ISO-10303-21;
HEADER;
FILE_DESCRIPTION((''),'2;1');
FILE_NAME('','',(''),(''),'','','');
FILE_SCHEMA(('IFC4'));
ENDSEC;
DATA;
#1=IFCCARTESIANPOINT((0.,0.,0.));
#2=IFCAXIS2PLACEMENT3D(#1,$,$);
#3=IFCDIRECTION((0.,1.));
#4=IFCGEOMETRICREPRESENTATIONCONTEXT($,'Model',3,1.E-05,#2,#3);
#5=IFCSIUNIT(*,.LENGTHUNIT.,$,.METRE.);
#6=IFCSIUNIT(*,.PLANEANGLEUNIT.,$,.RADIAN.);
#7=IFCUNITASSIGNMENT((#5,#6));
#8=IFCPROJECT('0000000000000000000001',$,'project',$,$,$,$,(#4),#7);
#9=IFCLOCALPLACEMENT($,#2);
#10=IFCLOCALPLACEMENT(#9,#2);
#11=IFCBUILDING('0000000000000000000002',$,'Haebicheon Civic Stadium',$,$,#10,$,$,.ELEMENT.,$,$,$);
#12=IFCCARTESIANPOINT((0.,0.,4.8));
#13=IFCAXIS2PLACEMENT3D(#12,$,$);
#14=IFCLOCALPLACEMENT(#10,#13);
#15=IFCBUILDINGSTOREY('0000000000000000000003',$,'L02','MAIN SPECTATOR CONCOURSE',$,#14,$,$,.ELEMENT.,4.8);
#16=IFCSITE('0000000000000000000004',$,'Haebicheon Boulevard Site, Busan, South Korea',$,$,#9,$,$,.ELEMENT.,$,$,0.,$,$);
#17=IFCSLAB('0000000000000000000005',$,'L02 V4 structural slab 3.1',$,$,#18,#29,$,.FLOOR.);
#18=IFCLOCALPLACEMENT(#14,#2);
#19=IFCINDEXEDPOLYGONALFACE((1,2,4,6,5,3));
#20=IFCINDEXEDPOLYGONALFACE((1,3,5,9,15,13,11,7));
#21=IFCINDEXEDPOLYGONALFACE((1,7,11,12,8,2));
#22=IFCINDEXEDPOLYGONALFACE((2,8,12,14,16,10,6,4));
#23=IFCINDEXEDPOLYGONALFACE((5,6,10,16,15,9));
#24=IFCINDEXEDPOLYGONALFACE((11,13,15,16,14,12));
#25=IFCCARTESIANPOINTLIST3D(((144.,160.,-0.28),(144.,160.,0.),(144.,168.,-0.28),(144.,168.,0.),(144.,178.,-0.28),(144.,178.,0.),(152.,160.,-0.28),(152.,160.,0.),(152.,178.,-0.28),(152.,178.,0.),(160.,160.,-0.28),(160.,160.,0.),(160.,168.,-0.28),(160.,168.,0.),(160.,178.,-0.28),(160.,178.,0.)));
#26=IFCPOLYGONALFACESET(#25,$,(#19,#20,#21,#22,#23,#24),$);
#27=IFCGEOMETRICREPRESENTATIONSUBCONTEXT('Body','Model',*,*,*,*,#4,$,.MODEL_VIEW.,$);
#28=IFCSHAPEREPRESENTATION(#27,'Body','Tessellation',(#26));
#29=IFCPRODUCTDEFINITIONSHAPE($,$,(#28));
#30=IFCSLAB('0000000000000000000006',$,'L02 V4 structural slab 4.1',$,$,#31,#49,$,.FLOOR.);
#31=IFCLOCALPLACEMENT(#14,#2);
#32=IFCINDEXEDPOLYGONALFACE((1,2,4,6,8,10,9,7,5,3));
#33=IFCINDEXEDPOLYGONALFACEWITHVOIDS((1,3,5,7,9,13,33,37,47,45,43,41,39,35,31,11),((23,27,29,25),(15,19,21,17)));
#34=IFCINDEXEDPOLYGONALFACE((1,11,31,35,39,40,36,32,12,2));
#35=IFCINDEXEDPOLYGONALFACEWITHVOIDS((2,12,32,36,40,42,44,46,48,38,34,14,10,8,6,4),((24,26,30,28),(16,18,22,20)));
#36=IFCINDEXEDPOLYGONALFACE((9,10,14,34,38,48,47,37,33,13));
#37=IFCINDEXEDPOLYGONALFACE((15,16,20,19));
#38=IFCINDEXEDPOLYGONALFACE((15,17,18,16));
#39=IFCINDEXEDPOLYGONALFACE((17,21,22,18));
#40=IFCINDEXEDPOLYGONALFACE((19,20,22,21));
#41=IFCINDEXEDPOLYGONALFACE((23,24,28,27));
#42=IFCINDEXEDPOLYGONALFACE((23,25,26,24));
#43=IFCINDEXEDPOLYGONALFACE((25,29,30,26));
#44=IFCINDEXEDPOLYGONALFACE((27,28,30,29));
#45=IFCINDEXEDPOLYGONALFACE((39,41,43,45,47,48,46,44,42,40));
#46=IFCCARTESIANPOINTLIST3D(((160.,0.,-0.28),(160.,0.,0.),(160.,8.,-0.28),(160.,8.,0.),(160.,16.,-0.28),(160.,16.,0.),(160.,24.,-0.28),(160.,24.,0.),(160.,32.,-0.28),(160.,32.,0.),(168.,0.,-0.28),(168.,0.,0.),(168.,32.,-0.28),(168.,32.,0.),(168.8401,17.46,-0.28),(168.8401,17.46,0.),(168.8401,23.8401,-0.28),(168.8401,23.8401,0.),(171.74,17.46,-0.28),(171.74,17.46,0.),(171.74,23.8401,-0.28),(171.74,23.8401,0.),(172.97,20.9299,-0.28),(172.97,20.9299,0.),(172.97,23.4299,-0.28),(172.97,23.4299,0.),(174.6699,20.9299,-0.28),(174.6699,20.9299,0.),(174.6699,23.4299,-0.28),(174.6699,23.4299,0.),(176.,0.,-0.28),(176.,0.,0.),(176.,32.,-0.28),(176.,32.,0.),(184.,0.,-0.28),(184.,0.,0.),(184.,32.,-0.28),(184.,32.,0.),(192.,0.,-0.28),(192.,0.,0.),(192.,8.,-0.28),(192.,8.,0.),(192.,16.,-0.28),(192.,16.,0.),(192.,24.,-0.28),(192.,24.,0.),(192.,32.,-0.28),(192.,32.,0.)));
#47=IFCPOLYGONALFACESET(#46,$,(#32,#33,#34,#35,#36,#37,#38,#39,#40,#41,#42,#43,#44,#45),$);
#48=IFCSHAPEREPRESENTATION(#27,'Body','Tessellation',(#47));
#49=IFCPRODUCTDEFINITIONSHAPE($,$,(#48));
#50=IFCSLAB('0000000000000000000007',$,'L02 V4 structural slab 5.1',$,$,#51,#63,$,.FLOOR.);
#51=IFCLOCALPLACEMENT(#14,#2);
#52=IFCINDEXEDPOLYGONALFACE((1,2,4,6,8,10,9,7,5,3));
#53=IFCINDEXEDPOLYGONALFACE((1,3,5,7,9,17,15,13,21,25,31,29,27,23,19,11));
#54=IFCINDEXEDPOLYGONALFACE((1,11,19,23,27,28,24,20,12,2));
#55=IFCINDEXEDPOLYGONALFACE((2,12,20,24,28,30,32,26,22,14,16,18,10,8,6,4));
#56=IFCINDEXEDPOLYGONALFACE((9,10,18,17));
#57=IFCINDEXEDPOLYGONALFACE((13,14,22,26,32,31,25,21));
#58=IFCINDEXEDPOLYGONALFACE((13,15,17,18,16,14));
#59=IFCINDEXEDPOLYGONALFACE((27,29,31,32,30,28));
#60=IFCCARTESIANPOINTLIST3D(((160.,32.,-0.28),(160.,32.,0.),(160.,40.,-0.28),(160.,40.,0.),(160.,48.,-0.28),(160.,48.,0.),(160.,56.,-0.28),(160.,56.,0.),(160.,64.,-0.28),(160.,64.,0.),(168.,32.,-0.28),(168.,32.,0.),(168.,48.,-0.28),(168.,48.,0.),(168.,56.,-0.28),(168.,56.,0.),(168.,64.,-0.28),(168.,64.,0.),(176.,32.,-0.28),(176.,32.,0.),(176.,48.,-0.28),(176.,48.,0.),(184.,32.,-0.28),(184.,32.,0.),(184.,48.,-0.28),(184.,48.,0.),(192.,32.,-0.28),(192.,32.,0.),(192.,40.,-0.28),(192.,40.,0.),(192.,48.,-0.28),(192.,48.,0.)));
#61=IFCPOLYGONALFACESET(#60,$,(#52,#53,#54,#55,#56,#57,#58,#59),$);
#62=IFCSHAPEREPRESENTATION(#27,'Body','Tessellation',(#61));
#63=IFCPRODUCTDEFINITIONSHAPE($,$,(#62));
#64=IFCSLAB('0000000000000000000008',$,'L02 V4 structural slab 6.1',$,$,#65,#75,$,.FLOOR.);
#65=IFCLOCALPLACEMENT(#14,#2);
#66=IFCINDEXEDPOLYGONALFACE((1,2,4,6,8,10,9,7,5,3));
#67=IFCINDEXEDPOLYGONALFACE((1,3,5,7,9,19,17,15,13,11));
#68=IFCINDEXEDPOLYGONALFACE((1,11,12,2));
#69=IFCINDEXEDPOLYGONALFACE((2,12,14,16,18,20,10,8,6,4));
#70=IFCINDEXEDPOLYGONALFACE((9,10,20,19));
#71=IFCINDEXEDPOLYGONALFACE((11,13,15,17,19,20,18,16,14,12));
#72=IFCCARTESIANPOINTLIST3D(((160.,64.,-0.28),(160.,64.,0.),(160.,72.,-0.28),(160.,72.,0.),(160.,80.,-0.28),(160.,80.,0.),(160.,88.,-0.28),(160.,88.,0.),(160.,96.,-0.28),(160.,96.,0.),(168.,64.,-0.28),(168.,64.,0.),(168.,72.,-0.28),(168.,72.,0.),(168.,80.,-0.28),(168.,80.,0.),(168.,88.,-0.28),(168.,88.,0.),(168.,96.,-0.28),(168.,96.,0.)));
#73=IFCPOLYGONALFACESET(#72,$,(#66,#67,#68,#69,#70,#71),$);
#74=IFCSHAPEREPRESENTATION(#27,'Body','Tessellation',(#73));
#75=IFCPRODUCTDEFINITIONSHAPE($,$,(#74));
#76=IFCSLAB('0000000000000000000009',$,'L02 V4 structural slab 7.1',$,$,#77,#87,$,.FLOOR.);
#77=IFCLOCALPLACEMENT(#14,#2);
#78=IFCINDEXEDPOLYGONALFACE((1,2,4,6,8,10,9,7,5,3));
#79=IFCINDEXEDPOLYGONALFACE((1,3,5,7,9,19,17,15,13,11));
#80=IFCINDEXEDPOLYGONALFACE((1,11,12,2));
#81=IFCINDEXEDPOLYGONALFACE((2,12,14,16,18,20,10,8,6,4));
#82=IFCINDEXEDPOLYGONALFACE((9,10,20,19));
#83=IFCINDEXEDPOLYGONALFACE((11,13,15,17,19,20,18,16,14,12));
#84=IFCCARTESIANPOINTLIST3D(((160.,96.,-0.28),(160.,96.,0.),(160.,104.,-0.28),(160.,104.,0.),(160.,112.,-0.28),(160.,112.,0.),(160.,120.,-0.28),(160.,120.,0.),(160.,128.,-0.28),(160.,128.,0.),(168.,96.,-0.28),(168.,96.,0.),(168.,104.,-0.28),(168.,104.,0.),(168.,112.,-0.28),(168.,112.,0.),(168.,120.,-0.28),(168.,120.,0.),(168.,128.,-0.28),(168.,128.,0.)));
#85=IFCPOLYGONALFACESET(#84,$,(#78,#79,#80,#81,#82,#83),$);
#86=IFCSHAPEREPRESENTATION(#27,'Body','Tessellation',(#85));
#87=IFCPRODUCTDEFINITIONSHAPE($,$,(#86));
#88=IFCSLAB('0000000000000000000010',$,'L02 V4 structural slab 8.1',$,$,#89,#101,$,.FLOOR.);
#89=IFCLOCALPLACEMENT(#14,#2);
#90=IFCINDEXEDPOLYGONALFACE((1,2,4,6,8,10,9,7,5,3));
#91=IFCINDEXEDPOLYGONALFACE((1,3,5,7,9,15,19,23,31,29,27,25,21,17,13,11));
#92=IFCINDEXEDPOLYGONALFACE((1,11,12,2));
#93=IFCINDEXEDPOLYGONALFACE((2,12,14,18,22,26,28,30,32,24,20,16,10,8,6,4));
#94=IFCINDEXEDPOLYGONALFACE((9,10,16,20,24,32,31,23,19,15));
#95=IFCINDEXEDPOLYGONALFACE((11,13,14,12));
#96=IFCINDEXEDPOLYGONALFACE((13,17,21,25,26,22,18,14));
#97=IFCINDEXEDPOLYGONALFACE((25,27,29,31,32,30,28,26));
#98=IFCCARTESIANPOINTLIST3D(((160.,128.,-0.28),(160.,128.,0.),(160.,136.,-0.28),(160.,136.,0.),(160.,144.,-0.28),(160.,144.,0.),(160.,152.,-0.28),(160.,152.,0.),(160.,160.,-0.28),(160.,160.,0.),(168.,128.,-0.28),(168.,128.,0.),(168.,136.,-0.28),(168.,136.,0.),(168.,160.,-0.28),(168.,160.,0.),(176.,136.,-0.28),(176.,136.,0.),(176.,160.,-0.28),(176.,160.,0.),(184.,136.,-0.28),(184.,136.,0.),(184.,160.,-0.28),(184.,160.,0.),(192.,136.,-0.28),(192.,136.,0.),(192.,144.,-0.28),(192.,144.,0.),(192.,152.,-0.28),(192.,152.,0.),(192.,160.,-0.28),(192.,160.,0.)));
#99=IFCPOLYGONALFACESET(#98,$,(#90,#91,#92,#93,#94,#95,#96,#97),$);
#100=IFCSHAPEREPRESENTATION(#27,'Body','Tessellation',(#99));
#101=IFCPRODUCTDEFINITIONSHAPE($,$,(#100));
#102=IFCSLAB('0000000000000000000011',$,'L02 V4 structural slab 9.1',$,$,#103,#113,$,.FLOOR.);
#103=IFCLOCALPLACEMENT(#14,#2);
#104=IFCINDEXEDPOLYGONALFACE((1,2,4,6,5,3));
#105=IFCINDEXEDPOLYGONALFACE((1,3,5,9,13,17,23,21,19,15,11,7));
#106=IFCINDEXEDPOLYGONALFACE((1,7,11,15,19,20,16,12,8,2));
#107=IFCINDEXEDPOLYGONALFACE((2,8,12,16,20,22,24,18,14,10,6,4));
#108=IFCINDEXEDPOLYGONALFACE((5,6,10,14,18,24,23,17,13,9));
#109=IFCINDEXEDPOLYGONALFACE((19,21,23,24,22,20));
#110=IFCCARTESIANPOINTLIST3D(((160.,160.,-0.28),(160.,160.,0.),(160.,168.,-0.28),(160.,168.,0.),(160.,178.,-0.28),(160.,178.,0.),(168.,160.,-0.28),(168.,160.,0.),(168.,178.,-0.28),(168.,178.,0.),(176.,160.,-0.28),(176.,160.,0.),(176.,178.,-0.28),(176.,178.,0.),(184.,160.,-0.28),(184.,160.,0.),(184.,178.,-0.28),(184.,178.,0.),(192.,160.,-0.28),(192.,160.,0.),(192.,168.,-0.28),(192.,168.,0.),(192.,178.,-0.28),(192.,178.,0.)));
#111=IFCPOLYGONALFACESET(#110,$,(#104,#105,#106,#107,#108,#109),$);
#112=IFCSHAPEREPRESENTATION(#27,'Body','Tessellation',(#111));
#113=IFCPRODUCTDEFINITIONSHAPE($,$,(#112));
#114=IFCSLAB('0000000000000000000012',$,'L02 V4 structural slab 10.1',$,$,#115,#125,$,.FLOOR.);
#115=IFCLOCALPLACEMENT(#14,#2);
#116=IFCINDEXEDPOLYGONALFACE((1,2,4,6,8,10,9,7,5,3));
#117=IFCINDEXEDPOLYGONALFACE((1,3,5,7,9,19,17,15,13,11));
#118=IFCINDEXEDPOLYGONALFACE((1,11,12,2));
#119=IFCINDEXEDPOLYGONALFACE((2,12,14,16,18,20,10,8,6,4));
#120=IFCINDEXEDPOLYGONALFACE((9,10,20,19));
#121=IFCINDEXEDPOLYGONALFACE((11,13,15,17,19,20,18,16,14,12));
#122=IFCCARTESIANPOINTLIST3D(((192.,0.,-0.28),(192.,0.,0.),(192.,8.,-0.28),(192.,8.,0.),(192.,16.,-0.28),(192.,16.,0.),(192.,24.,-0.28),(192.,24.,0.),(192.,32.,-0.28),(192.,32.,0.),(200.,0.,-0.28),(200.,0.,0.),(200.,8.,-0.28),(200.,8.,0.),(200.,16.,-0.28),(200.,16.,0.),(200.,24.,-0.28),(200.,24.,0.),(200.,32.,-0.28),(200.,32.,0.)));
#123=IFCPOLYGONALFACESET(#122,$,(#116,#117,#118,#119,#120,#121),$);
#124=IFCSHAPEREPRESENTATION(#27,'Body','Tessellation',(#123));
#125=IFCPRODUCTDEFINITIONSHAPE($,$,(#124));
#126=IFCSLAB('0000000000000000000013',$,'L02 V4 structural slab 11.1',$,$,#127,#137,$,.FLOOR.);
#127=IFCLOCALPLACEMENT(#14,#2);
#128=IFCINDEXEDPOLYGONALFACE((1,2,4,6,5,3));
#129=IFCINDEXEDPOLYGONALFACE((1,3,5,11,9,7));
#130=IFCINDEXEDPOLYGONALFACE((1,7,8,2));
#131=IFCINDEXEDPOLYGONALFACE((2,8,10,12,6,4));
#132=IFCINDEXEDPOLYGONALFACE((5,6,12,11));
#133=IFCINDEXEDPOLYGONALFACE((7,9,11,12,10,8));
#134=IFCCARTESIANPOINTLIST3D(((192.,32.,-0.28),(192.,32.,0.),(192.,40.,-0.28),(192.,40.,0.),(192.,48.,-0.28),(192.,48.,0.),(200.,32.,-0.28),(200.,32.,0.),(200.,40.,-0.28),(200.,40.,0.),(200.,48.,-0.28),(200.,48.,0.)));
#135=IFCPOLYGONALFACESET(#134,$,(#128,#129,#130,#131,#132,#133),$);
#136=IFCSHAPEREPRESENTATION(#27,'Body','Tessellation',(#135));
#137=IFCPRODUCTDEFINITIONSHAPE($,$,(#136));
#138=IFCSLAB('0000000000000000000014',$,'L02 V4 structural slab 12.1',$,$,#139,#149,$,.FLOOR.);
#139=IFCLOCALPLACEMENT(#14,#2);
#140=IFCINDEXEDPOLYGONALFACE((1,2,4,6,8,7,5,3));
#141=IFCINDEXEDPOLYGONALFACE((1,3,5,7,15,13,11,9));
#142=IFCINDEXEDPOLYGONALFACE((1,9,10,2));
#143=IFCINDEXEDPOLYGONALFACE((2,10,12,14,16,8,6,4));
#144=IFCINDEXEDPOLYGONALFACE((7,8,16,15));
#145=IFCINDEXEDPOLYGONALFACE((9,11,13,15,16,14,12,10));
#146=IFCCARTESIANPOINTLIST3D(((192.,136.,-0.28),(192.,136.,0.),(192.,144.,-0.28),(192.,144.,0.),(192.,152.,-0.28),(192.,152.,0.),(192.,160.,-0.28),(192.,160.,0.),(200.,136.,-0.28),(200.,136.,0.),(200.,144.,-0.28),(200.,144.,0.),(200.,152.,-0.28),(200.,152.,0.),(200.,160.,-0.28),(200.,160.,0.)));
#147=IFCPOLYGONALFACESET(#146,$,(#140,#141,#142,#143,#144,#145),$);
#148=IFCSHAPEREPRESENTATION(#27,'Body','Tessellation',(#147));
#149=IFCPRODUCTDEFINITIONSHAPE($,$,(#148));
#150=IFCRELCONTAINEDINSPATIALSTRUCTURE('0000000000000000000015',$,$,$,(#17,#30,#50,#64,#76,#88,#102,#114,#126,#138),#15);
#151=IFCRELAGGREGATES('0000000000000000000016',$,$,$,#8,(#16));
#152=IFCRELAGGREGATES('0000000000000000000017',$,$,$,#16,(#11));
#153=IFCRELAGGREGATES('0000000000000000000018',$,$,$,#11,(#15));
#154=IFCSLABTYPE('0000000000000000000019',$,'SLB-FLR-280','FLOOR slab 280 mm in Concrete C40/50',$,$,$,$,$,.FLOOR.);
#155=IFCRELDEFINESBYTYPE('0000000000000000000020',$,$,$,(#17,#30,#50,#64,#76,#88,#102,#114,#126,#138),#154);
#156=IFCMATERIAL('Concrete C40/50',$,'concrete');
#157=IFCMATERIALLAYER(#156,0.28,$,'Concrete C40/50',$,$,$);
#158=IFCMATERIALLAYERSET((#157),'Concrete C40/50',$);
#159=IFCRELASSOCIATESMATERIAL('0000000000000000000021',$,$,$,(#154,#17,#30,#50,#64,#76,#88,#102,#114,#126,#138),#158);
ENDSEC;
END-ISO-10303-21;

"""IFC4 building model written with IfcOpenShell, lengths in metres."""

from ifc_helpers import new_model, si_unit, direction, frame, origin, place, context, subcontext, project, spatial, polyline, outline, extrude, material, layer, layer_set, type_object, element, save


model = new_model("IFC4")

# Units and contexts
model_context = context("Model", 3, precision=1e-05, world=origin(), true_north=direction((0.0, 1.0)))
body_context = subcontext(model_context, "Body", "Model", "MODEL_VIEW")
ifc_project = project(units=[si_unit("LENGTHUNIT", "METRE"), si_unit("PLANEANGLEUNIT", "RADIAN")], contexts=[model_context])

# Site, building, storey
site_placement = place(None, origin())
site = spatial("IfcSite", under=ifc_project, at=site_placement, Name="Haebicheon Boulevard Site, Busan, South Korea", CompositionType="ELEMENT", RefElevation=0.0)
building_placement = place(site_placement, origin())
building = spatial("IfcBuilding", under=site, at=building_placement, Name="Haebicheon Civic Stadium", CompositionType="ELEMENT")
storey_placement = place(building_placement, frame((0.0, 0.0, 4.8)))
storey = spatial("IfcBuildingStorey", under=building, at=storey_placement, Name="L02", Description="MAIN SPECTATOR CONCOURSE", CompositionType="ELEMENT", Elevation=4.8)

# Slabs
ifc_material = material(Name="Concrete C40/50", Category="concrete")
ifc_layer = layer(ifc_material, 0.28, Name="Concrete C40/50")
ifc_layer_set = layer_set([ifc_layer], Name="Concrete C40/50")
slab_type = type_object("IfcSlabType", Name="SLB-FLR-280", Description="FLOOR slab 280 mm in Concrete C40/50", PredefinedType="FLOOR", material=ifc_layer_set)
slab_1_placement = place(storey_placement, frame((0.0, 0.0, -0.28)))
element("IfcSlab", 1, at=slab_1_placement, inside=storey, type_object=slab_type, material=ifc_layer_set, Name="L02 V4 structural slab 3.1", PredefinedType="FLOOR", context=body_context, shape_type="SweptSolid", body=[
    extrude(outline(polyline([(144.0, 168.0), (144.0, 178.0), (152.0, 178.0), (160.0, 178.0), (160.0, 168.0), (160.0, 160.0), (152.0, 160.0), (144.0, 160.0), (144.0, 168.0)])), origin(), (0.0, 0.0, 1.0), 0.28),
])
slab_2_placement = place(storey_placement, frame((0.0, 0.0, -0.28)))
element("IfcSlab", 2, at=slab_2_placement, inside=storey, type_object=slab_type, material=ifc_layer_set, Name="L02 V4 structural slab 4.1", PredefinedType="FLOOR", context=body_context, shape_type="SweptSolid", body=[
    extrude(outline(polyline([(160.0, 24.0), (160.0, 32.0), (168.0, 32.0), (176.0, 32.0), (184.0, 32.0), (192.0, 32.0), (192.0, 24.0), (192.0, 16.0), (192.0, 8.0), (192.0, 0.0), (184.0, 0.0), (176.0, 0.0), (168.0, 0.0), (160.0, 0.0), (160.0, 8.0), (160.0, 16.0), (160.0, 24.0)]), holes=[polyline([(168.8401, 17.46), (171.74, 17.46), (171.74, 23.8401), (168.8401, 23.8401), (168.8401, 17.46)]), polyline([(172.97, 20.9299), (174.6699, 20.9299), (174.6699, 23.4299), (172.97, 23.4299), (172.97, 20.9299)])]), origin(), (0.0, 0.0, 1.0), 0.28),
])
slab_3_placement = place(storey_placement, frame((0.0, 0.0, -0.28)))
element("IfcSlab", 3, at=slab_3_placement, inside=storey, type_object=slab_type, material=ifc_layer_set, Name="L02 V4 structural slab 5.1", PredefinedType="FLOOR", context=body_context, shape_type="SweptSolid", body=[
    extrude(outline(polyline([(160.0, 48.0), (160.0, 56.0), (160.0, 64.0), (168.0, 64.0), (168.0, 56.0), (168.0, 48.0), (176.0, 48.0), (184.0, 48.0), (192.0, 48.0), (192.0, 40.0), (192.0, 32.0), (184.0, 32.0), (176.0, 32.0), (168.0, 32.0), (160.0, 32.0), (160.0, 40.0), (160.0, 48.0)])), origin(), (0.0, 0.0, 1.0), 0.28),
])
slab_4_placement = place(storey_placement, frame((0.0, 0.0, -0.28)))
element("IfcSlab", 4, at=slab_4_placement, inside=storey, type_object=slab_type, material=ifc_layer_set, Name="L02 V4 structural slab 6.1", PredefinedType="FLOOR", context=body_context, shape_type="SweptSolid", body=[
    extrude(outline(polyline([(160.0, 64.0), (160.0, 72.0), (160.0, 80.0), (160.0, 88.0), (160.0, 96.0), (168.0, 96.0), (168.0, 88.0), (168.0, 80.0), (168.0, 72.0), (168.0, 64.0), (160.0, 64.0)])), origin(), (0.0, 0.0, 1.0), 0.28),
])
slab_5_placement = place(storey_placement, frame((0.0, 0.0, -0.28)))
element("IfcSlab", 5, at=slab_5_placement, inside=storey, type_object=slab_type, material=ifc_layer_set, Name="L02 V4 structural slab 7.1", PredefinedType="FLOOR", context=body_context, shape_type="SweptSolid", body=[
    extrude(outline(polyline([(160.0, 96.0), (160.0, 104.0), (160.0, 112.0), (160.0, 120.0), (160.0, 128.0), (168.0, 128.0), (168.0, 120.0), (168.0, 112.0), (168.0, 104.0), (168.0, 96.0), (160.0, 96.0)])), origin(), (0.0, 0.0, 1.0), 0.28),
])
slab_6_placement = place(storey_placement, frame((0.0, 0.0, -0.28)))
element("IfcSlab", 6, at=slab_6_placement, inside=storey, type_object=slab_type, material=ifc_layer_set, Name="L02 V4 structural slab 8.1", PredefinedType="FLOOR", context=body_context, shape_type="SweptSolid", body=[
    extrude(outline(polyline([(160.0, 136.0), (160.0, 144.0), (160.0, 152.0), (160.0, 160.0), (168.0, 160.0), (176.0, 160.0), (184.0, 160.0), (192.0, 160.0), (192.0, 152.0), (192.0, 144.0), (192.0, 136.0), (184.0, 136.0), (176.0, 136.0), (168.0, 136.0), (168.0, 128.0), (160.0, 128.0), (160.0, 136.0)])), origin(), (0.0, 0.0, 1.0), 0.28),
])
slab_7_placement = place(storey_placement, frame((0.0, 0.0, -0.28)))
element("IfcSlab", 7, at=slab_7_placement, inside=storey, type_object=slab_type, material=ifc_layer_set, Name="L02 V4 structural slab 9.1", PredefinedType="FLOOR", context=body_context, shape_type="SweptSolid", body=[
    extrude(outline(polyline([(192.0, 160.0), (184.0, 160.0), (176.0, 160.0), (168.0, 160.0), (160.0, 160.0), (160.0, 168.0), (160.0, 178.0), (168.0, 178.0), (176.0, 178.0), (184.0, 178.0), (192.0, 178.0), (192.0, 168.0), (192.0, 160.0)])), origin(), (0.0, 0.0, 1.0), 0.28),
])
slab_8_placement = place(storey_placement, frame((0.0, 0.0, -0.28)))
element("IfcSlab", 8, at=slab_8_placement, inside=storey, type_object=slab_type, material=ifc_layer_set, Name="L02 V4 structural slab 10.1", PredefinedType="FLOOR", context=body_context, shape_type="SweptSolid", body=[
    extrude(outline(polyline([(192.0, 0.0), (192.0, 8.0), (192.0, 16.0), (192.0, 24.0), (192.0, 32.0), (200.0, 32.0), (200.0, 24.0), (200.0, 16.0), (200.0, 8.0), (200.0, 0.0), (192.0, 0.0)])), origin(), (0.0, 0.0, 1.0), 0.28),
])
slab_9_placement = place(storey_placement, frame((0.0, 0.0, -0.28)))
element("IfcSlab", 9, at=slab_9_placement, inside=storey, type_object=slab_type, material=ifc_layer_set, Name="L02 V4 structural slab 11.1", PredefinedType="FLOOR", context=body_context, shape_type="SweptSolid", body=[
    extrude(outline(polyline([(200.0, 32.0), (192.0, 32.0), (192.0, 40.0), (192.0, 48.0), (200.0, 48.0), (200.0, 40.0), (200.0, 32.0)])), origin(), (0.0, 0.0, 1.0), 0.28),
])
slab_10_placement = place(storey_placement, frame((0.0, 0.0, -0.28)))
element("IfcSlab", 10, at=slab_10_placement, inside=storey, type_object=slab_type, material=ifc_layer_set, Name="L02 V4 structural slab 12.1", PredefinedType="FLOOR", context=body_context, shape_type="SweptSolid", body=[
    extrude(outline(polyline([(200.0, 136.0), (192.0, 136.0), (192.0, 144.0), (192.0, 152.0), (192.0, 160.0), (200.0, 160.0), (200.0, 152.0), (200.0, 144.0), (200.0, 136.0)])), origin(), (0.0, 0.0, 1.0), 0.28),
])

save(model, "model.ifc")
